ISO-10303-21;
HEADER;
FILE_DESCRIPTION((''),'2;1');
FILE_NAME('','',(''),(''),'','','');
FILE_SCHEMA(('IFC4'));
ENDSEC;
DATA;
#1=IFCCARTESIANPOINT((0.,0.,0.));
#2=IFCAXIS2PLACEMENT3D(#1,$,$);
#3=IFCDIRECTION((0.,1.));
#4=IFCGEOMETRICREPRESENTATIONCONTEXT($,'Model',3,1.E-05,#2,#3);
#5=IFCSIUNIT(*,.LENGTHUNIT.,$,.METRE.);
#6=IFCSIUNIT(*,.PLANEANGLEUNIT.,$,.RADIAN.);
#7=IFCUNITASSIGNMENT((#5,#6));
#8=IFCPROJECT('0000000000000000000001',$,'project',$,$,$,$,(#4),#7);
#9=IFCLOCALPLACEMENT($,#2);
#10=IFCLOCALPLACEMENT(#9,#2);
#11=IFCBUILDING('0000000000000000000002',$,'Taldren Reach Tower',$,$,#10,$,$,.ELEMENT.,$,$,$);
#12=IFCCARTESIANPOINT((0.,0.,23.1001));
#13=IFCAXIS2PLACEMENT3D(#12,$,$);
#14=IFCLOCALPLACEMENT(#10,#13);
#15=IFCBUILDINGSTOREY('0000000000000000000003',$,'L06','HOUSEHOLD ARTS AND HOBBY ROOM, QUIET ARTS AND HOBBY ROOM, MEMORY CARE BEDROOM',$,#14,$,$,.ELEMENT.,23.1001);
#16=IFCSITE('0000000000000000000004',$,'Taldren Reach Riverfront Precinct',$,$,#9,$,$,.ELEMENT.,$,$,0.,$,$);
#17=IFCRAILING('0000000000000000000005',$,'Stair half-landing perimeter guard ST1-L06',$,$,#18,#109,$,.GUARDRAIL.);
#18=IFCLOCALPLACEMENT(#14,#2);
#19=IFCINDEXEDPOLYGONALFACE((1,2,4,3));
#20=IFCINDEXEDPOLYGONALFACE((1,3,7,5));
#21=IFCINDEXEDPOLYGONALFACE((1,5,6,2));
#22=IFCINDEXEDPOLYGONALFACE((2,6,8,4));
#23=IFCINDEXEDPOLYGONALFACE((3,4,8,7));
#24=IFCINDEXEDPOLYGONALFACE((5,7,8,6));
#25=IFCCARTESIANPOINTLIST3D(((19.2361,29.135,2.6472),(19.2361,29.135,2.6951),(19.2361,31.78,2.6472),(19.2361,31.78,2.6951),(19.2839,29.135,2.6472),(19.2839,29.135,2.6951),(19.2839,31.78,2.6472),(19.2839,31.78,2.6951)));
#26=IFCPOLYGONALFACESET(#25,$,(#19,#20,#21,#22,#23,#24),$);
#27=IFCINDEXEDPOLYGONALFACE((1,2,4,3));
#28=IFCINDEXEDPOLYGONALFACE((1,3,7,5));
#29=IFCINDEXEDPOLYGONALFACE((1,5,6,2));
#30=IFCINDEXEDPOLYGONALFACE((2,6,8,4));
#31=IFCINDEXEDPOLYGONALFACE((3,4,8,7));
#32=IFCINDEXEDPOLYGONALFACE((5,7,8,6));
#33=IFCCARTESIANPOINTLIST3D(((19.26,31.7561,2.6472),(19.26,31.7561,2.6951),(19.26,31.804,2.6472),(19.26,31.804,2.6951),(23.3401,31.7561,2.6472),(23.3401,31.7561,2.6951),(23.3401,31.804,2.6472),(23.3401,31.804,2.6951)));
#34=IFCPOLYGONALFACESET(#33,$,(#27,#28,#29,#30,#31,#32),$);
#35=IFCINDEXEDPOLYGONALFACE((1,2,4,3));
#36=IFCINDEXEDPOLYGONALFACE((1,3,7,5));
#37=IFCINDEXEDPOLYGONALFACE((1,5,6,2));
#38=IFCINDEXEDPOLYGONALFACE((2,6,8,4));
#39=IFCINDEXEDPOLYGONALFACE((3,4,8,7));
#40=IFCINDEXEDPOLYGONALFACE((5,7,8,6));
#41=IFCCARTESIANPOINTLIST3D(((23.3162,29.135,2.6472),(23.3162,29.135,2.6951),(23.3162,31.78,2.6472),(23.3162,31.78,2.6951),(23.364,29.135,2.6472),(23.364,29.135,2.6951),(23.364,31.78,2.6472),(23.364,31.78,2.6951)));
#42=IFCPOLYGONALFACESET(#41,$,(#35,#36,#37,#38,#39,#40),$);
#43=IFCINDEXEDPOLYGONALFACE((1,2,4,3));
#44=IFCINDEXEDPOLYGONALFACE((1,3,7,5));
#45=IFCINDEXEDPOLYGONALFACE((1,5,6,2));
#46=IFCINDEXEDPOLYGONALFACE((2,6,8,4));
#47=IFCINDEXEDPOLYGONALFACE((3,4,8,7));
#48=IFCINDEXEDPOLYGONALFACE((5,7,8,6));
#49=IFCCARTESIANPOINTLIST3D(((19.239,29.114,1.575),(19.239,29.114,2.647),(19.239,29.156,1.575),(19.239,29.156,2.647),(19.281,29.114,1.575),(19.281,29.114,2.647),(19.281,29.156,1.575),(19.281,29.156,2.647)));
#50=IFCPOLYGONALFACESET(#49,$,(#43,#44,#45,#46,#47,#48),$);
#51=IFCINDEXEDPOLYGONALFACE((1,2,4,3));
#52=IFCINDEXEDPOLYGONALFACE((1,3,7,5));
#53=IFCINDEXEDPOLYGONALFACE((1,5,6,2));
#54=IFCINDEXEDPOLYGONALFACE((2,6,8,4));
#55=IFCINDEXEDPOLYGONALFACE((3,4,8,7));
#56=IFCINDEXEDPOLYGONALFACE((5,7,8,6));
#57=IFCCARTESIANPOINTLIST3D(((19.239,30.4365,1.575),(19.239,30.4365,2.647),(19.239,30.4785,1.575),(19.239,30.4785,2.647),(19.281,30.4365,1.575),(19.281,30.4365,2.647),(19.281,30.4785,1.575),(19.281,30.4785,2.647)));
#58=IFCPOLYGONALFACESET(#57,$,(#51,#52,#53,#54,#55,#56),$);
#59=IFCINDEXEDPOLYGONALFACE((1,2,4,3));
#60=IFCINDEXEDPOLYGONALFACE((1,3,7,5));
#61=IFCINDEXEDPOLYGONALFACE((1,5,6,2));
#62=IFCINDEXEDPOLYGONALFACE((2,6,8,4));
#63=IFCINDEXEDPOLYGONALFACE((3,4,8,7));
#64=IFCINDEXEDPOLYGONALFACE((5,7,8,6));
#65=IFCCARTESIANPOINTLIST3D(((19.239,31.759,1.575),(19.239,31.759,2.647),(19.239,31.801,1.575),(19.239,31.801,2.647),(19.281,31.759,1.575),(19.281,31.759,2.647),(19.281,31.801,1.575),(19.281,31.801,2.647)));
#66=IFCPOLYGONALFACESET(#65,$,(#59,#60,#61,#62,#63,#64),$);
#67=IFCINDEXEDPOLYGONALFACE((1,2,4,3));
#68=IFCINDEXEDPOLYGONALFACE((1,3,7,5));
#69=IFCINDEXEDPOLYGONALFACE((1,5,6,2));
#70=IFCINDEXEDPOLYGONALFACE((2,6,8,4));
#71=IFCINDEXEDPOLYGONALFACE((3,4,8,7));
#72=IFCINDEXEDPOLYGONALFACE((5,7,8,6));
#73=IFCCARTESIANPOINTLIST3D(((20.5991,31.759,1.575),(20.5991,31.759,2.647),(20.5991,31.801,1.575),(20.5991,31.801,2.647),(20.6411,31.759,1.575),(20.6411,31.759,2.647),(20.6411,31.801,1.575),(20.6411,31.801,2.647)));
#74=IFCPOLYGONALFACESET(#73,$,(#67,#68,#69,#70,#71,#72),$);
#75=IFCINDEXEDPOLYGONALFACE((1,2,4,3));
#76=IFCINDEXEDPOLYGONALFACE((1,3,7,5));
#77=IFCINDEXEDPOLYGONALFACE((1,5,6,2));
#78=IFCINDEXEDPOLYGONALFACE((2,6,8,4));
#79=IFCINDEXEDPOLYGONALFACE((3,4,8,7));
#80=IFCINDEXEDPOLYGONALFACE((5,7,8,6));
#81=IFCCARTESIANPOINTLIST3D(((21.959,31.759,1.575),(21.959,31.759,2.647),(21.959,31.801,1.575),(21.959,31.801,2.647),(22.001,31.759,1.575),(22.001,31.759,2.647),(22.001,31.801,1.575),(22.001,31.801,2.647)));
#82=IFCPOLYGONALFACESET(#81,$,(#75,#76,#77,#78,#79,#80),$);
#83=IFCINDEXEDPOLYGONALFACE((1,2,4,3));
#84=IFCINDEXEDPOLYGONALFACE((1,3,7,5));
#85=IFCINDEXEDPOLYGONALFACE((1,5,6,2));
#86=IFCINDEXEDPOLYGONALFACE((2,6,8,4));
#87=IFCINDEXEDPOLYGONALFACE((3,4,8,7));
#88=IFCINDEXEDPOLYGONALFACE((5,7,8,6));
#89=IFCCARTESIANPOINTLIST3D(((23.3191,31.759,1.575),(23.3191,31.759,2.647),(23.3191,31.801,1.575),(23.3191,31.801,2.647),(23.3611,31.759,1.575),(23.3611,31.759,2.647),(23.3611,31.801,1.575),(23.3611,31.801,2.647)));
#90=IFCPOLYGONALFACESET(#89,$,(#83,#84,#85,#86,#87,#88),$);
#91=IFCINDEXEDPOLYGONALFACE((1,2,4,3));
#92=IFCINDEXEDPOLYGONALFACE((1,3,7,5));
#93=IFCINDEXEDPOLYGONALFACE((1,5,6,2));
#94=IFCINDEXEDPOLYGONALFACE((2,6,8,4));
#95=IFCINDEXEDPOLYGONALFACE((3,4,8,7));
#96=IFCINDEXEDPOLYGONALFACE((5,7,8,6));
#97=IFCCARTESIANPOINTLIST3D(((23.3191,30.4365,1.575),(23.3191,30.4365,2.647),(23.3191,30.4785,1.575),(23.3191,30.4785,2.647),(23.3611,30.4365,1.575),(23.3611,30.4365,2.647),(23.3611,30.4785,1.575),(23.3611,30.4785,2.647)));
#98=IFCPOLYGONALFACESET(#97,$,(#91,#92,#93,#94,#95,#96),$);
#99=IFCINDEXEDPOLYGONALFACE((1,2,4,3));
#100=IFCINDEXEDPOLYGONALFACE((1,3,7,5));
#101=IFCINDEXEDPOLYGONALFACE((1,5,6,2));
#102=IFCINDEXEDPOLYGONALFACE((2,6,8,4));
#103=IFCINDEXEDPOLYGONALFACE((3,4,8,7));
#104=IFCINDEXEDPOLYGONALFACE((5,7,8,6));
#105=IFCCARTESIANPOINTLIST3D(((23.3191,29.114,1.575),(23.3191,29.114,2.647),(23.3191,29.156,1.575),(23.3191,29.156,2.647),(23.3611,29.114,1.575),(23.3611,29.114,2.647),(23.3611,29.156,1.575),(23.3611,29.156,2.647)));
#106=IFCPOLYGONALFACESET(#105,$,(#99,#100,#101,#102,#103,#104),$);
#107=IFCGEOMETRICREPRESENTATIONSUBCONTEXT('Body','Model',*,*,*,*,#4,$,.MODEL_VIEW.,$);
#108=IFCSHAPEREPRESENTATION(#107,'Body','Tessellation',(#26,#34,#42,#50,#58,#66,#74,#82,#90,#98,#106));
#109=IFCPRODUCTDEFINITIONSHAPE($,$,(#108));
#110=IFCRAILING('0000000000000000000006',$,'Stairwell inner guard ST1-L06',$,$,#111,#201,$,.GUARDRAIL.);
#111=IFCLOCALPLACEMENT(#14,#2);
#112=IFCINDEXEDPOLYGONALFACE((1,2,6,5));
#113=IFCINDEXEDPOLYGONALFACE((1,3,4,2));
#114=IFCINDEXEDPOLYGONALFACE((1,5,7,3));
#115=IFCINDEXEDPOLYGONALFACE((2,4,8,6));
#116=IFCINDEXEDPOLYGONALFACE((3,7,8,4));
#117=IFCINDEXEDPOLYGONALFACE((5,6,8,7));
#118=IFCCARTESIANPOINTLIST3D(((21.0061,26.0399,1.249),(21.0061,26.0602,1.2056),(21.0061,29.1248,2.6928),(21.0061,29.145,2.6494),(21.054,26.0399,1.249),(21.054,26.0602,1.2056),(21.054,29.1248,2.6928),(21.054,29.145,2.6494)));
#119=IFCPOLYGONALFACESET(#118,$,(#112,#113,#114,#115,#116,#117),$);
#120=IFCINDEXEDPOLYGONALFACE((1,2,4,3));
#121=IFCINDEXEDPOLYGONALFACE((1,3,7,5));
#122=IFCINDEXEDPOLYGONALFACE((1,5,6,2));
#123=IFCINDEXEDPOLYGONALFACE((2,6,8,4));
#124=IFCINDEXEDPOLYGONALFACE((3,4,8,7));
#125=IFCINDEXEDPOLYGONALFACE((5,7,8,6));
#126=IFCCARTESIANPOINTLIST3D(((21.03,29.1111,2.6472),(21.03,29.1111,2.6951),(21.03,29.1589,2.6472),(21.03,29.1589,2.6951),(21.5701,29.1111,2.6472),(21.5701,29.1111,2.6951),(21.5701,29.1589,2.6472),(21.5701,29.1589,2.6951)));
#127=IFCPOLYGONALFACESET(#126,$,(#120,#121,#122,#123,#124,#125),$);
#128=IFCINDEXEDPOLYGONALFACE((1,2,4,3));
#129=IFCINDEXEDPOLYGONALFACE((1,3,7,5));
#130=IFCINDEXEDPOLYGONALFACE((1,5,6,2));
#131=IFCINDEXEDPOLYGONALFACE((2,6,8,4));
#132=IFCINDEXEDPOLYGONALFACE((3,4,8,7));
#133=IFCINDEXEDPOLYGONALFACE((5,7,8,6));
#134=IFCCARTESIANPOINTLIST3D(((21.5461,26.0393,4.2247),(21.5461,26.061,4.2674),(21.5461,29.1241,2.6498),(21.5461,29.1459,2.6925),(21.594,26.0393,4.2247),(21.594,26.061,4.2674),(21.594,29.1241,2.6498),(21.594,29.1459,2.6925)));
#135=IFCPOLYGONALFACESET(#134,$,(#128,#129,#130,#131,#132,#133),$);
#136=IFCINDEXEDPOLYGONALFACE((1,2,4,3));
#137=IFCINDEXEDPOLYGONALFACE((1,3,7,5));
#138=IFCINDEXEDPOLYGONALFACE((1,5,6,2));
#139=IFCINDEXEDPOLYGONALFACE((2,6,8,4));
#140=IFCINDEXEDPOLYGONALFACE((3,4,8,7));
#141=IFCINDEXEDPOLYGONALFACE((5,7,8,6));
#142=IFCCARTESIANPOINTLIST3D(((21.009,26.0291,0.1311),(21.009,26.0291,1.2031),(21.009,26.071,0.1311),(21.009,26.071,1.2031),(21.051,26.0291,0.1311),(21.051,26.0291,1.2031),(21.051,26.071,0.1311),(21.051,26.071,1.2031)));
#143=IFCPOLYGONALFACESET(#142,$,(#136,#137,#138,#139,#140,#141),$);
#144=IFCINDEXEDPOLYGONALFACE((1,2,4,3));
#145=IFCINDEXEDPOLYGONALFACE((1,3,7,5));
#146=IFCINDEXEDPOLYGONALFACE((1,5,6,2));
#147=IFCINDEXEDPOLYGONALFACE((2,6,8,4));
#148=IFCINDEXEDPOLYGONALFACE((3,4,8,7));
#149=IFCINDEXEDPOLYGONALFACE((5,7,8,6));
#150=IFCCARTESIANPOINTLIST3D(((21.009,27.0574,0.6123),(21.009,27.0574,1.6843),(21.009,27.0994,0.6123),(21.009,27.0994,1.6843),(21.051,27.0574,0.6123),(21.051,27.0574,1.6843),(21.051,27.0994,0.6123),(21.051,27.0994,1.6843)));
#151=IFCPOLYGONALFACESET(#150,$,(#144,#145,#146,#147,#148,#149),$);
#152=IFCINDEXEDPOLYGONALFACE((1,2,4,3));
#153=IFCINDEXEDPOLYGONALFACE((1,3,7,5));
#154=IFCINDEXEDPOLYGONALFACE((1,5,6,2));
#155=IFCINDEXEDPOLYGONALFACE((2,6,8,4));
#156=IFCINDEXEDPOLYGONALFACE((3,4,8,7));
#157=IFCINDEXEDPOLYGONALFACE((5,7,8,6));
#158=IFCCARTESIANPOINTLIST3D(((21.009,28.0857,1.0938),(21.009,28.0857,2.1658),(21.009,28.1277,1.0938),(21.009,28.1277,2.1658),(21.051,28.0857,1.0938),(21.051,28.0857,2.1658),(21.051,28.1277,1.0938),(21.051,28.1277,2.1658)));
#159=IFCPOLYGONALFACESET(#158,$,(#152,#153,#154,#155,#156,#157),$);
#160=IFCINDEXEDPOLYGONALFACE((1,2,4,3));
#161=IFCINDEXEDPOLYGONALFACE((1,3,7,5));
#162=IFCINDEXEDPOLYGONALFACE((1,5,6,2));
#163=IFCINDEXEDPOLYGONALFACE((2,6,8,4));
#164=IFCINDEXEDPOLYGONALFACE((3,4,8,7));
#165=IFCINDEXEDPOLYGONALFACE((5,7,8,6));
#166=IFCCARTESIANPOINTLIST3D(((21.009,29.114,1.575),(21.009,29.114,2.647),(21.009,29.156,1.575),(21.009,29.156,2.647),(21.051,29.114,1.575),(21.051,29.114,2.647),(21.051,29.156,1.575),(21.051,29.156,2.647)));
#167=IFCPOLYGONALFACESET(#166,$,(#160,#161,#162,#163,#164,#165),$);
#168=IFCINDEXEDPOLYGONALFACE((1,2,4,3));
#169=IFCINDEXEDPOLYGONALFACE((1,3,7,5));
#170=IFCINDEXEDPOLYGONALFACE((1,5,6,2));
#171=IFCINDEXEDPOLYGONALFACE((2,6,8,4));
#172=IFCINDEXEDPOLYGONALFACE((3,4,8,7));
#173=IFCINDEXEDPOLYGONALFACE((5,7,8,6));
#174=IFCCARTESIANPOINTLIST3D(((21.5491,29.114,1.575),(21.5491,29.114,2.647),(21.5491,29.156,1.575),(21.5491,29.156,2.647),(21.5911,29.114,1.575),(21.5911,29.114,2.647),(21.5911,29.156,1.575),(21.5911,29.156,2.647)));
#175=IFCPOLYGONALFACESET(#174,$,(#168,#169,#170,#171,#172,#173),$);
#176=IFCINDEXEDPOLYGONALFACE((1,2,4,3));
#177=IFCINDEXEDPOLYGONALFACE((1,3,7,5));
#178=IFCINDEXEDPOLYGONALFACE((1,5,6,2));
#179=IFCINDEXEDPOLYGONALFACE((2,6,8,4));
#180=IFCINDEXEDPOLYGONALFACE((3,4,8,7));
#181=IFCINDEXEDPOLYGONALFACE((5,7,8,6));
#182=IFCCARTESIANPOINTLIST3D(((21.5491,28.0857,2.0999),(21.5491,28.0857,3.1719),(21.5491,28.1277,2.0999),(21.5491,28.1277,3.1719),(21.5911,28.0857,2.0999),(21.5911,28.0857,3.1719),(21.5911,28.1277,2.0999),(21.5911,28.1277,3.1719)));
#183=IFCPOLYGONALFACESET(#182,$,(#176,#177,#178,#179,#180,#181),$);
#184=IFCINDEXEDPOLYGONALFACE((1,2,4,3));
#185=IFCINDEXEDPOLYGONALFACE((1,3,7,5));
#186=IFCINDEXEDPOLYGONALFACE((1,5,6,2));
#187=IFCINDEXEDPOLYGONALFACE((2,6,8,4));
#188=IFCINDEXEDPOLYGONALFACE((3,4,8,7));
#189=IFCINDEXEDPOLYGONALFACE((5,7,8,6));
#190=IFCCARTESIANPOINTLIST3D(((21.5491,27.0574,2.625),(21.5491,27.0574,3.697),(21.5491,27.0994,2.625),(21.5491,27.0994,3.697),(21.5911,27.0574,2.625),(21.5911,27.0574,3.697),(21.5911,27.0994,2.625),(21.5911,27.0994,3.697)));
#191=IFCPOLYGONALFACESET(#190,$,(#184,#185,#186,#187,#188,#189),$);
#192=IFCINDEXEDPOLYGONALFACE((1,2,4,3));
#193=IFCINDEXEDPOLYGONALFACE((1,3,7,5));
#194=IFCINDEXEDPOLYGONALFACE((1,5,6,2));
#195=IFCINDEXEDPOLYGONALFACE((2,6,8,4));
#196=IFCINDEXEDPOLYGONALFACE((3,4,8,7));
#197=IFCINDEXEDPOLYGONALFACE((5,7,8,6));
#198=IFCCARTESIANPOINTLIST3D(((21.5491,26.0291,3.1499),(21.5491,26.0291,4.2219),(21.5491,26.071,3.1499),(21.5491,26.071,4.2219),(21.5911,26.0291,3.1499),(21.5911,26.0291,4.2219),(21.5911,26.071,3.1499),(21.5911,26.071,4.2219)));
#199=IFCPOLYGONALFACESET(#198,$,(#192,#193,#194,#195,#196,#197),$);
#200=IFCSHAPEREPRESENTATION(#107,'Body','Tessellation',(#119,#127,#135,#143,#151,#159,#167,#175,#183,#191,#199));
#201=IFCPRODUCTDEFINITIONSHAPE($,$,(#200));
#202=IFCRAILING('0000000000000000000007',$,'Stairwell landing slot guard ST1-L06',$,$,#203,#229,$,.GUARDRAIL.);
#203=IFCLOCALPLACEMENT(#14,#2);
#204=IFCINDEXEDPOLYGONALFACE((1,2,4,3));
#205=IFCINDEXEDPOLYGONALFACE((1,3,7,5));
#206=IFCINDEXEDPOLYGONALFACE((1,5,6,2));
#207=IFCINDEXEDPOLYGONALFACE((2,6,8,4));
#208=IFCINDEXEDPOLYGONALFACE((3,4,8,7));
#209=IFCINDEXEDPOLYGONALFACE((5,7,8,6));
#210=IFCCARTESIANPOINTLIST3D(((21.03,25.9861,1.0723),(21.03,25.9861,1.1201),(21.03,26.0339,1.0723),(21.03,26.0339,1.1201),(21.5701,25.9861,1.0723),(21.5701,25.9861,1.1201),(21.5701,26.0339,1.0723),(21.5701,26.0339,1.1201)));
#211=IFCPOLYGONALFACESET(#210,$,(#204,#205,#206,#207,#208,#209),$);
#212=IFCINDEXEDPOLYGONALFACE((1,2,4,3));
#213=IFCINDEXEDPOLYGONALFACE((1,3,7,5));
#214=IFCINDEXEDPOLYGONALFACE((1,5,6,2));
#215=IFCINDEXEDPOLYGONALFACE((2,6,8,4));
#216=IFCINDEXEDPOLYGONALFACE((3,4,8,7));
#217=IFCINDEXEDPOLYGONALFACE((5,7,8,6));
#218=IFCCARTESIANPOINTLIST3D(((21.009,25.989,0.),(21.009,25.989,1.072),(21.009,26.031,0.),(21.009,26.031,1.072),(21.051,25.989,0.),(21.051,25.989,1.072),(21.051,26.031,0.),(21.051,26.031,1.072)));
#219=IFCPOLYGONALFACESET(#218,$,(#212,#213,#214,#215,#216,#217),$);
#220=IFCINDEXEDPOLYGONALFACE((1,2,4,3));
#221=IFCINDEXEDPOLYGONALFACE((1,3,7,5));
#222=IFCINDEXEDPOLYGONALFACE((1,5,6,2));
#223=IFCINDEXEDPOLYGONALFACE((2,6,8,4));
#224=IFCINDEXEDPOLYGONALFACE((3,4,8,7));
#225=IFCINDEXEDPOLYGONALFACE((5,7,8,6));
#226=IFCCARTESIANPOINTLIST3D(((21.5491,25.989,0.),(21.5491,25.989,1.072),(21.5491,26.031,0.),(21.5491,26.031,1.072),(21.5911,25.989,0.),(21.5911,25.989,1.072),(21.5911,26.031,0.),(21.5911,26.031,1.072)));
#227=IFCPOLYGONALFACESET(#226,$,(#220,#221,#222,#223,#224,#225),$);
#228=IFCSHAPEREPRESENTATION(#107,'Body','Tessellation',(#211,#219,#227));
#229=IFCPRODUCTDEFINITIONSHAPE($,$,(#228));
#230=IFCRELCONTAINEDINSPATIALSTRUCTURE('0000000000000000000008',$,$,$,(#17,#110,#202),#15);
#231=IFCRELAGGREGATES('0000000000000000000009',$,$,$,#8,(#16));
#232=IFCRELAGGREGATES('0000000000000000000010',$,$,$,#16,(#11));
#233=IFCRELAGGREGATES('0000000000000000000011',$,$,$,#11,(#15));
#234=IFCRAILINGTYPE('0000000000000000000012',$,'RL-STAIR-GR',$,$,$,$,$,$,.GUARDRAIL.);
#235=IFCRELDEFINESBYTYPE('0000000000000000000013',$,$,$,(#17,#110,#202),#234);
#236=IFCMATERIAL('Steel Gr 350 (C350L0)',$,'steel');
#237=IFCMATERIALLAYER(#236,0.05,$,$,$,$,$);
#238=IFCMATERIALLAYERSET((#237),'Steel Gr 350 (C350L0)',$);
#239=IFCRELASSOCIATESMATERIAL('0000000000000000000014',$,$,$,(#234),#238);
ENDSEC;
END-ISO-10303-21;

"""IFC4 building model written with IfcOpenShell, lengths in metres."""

from ifc_helpers import new_model, si_unit, direction, frame, origin, origin_2d, place, context, subcontext, project, spatial, rectangle, extrude, material, layer, layer_set, type_object, element, save


model = new_model("IFC4")

# Units and contexts
model_context = context("Model", 3, precision=1e-05, world=origin(), true_north=direction((0.0, 1.0)))
body_context = subcontext(model_context, "Body", "Model", "MODEL_VIEW")
ifc_project = project(units=[si_unit("LENGTHUNIT", "METRE"), si_unit("PLANEANGLEUNIT", "RADIAN")], contexts=[model_context])

# Site, building, storey
site_placement = place(None, origin())
site = spatial("IfcSite", under=ifc_project, at=site_placement, Name="Taldren Reach Riverfront Precinct", CompositionType="ELEMENT", RefElevation=0.0)
building_placement = place(site_placement, origin())
building = spatial("IfcBuilding", under=site, at=building_placement, Name="Taldren Reach Tower", CompositionType="ELEMENT")
storey_placement = place(building_placement, frame((0.0, 0.0, 23.1001)))
storey = spatial("IfcBuildingStorey", under=building, at=storey_placement, Name="L06", Description="HOUSEHOLD ARTS AND HOBBY ROOM, QUIET ARTS AND HOBBY ROOM, MEMORY CARE BEDROOM", CompositionType="ELEMENT", Elevation=23.1001)

# Shared definitions
ifc_material_1 = material(Name="Steel Gr 350 (C350L0)", Category="steel")

# Railings
ifc_layer_1 = layer(ifc_material_1, 0.05)
ifc_layer_set_1 = layer_set([ifc_layer_1], Name="Steel Gr 350 (C350L0)")
railing_type_1 = type_object("IfcRailingType", Name="RL-STAIR-GR", PredefinedType="GUARDRAIL", material=ifc_layer_set_1)
railing_1_placement = place(storey_placement, frame((19.26, 29.135, 1.575)))
element("IfcRailing", 1, at=railing_1_placement, inside=storey, type_object=railing_type_1, Name="Stair half-landing perimeter guard ST1-L06", PredefinedType="GUARDRAIL", context=body_context, shape_type="SweptSolid", body=[
    extrude(rectangle(XDim=0.0479, YDim=0.0479, at=origin_2d()), frame((0.0, 0.0, 1.0962), z_axis=(0.0, 1.0, 0.0), x_axis=(-1.0, 0.0, 0.0)), (0.0, 0.0, 1.0), 2.645),
    extrude(rectangle(XDim=0.0479, YDim=0.0479, at=origin_2d()), frame((0.0, 2.645, 1.0962), z_axis=(1.0, 0.0, 0.0), x_axis=(0.0, 1.0, 0.0)), (0.0, 0.0, 1.0), 4.0801),
    extrude(rectangle(XDim=0.0479, YDim=0.0479, at=origin_2d()), frame((4.0801, 2.645, 1.0962), z_axis=(0.0, -1.0, 0.0), x_axis=(1.0, 0.0, 0.0)), (0.0, 0.0, 1.0), 2.645),
    extrude(rectangle(XDim=0.042, YDim=0.042, at=origin_2d()), origin(), (0.0, 0.0, 1.0), 1.072),
    extrude(rectangle(XDim=0.042, YDim=0.042, at=origin_2d()), frame((0.0, 1.3225, 0.0)), (0.0, 0.0, 1.0), 1.072),
    extrude(rectangle(XDim=0.042, YDim=0.042, at=origin_2d()), frame((0.0, 2.645, 0.0)), (0.0, 0.0, 1.0), 1.072),
    extrude(rectangle(XDim=0.042, YDim=0.042, at=origin_2d()), frame((1.3601, 2.645, 0.0)), (0.0, 0.0, 1.0), 1.072),
    extrude(rectangle(XDim=0.042, YDim=0.042, at=origin_2d()), frame((2.72, 2.645, 0.0)), (0.0, 0.0, 1.0), 1.072),
    extrude(rectangle(XDim=0.042, YDim=0.042, at=origin_2d()), frame((4.0801, 2.645, 0.0)), (0.0, 0.0, 1.0), 1.072),
    extrude(rectangle(XDim=0.042, YDim=0.042, at=origin_2d()), frame((4.0801, 1.3225, 0.0)), (0.0, 0.0, 1.0), 1.072),
    extrude(rectangle(XDim=0.042, YDim=0.042, at=origin_2d()), frame((4.0801, 0.0, 0.0)), (0.0, 0.0, 1.0), 1.072),
])
railing_2_placement = place(storey_placement, frame((21.03, 26.05, 0.1311)))
element("IfcRailing", 2, at=railing_2_placement, inside=storey, type_object=railing_type_1, Name="Stairwell inner guard ST1-L06", PredefinedType="GUARDRAIL", context=body_context, shape_type="SweptSolid", body=[
    extrude(rectangle(XDim=0.0479, YDim=0.0479, at=origin_2d()), frame((0.0, 0.0, 1.0962), z_axis=(0.0, 0.90571, 0.423898), x_axis=(-1.0, 0.0, 0.0)), (0.0, 0.0, 1.0), 3.406),
    extrude(rectangle(XDim=0.0479, YDim=0.0479, at=origin_2d()), frame((0.0, 3.085, 2.54), z_axis=(1.0, 0.0, 0.0), x_axis=(0.0, 1.0, 0.0)), (0.0, 0.0, 1.0), 0.54),
    extrude(rectangle(XDim=0.0479, YDim=0.0479, at=origin_2d()), frame((0.54, 3.085, 2.54), z_axis=(0.0, -0.890646, 0.454697), x_axis=(1.0, 0.0, 0.0)), (0.0, 0.0, 1.0), 3.4636),
    extrude(rectangle(XDim=0.042, YDim=0.042, at=origin_2d()), origin(), (0.0, 0.0, 1.0), 1.072),
    extrude(rectangle(XDim=0.042, YDim=0.042, at=origin_2d()), frame((0.0, 1.0283, 0.4812)), (0.0, 0.0, 1.0), 1.072),
    extrude(rectangle(XDim=0.042, YDim=0.042, at=origin_2d()), frame((0.0, 2.0566, 0.9626)), (0.0, 0.0, 1.0), 1.072),
    extrude(rectangle(XDim=0.042, YDim=0.042, at=origin_2d()), frame((0.0, 3.085, 1.4438)), (0.0, 0.0, 1.0), 1.072),
    extrude(rectangle(XDim=0.042, YDim=0.042, at=origin_2d()), frame((0.54, 3.085, 1.4438)), (0.0, 0.0, 1.0), 1.072),
    extrude(rectangle(XDim=0.042, YDim=0.042, at=origin_2d()), frame((0.54, 2.0566, 1.9688)), (0.0, 0.0, 1.0), 1.072),
    extrude(rectangle(XDim=0.042, YDim=0.042, at=origin_2d()), frame((0.54, 1.0283, 2.4939)), (0.0, 0.0, 1.0), 1.072),
    extrude(rectangle(XDim=0.042, YDim=0.042, at=origin_2d()), frame((0.54, 0.0, 3.0188)), (0.0, 0.0, 1.0), 1.072),
])
railing_3_placement = place(storey_placement, frame((21.03, 26.01, 0.0)))
element("IfcRailing", 3, at=railing_3_placement, inside=storey, type_object=railing_type_1, Name="Stairwell landing slot guard ST1-L06", PredefinedType="GUARDRAIL", context=body_context, shape_type="SweptSolid", body=[
    extrude(rectangle(XDim=0.0479, YDim=0.0479, at=origin_2d()), frame((0.0, 0.0, 1.0962), z_axis=(1.0, 0.0, 0.0), x_axis=(0.0, 1.0, 0.0)), (0.0, 0.0, 1.0), 0.54),
    extrude(rectangle(XDim=0.042, YDim=0.042, at=origin_2d()), origin(), (0.0, 0.0, 1.0), 1.072),
    extrude(rectangle(XDim=0.042, YDim=0.042, at=origin_2d()), frame((0.54, 0.0, 0.0)), (0.0, 0.0, 1.0), 1.072),
])

save(model, "model.ifc")
